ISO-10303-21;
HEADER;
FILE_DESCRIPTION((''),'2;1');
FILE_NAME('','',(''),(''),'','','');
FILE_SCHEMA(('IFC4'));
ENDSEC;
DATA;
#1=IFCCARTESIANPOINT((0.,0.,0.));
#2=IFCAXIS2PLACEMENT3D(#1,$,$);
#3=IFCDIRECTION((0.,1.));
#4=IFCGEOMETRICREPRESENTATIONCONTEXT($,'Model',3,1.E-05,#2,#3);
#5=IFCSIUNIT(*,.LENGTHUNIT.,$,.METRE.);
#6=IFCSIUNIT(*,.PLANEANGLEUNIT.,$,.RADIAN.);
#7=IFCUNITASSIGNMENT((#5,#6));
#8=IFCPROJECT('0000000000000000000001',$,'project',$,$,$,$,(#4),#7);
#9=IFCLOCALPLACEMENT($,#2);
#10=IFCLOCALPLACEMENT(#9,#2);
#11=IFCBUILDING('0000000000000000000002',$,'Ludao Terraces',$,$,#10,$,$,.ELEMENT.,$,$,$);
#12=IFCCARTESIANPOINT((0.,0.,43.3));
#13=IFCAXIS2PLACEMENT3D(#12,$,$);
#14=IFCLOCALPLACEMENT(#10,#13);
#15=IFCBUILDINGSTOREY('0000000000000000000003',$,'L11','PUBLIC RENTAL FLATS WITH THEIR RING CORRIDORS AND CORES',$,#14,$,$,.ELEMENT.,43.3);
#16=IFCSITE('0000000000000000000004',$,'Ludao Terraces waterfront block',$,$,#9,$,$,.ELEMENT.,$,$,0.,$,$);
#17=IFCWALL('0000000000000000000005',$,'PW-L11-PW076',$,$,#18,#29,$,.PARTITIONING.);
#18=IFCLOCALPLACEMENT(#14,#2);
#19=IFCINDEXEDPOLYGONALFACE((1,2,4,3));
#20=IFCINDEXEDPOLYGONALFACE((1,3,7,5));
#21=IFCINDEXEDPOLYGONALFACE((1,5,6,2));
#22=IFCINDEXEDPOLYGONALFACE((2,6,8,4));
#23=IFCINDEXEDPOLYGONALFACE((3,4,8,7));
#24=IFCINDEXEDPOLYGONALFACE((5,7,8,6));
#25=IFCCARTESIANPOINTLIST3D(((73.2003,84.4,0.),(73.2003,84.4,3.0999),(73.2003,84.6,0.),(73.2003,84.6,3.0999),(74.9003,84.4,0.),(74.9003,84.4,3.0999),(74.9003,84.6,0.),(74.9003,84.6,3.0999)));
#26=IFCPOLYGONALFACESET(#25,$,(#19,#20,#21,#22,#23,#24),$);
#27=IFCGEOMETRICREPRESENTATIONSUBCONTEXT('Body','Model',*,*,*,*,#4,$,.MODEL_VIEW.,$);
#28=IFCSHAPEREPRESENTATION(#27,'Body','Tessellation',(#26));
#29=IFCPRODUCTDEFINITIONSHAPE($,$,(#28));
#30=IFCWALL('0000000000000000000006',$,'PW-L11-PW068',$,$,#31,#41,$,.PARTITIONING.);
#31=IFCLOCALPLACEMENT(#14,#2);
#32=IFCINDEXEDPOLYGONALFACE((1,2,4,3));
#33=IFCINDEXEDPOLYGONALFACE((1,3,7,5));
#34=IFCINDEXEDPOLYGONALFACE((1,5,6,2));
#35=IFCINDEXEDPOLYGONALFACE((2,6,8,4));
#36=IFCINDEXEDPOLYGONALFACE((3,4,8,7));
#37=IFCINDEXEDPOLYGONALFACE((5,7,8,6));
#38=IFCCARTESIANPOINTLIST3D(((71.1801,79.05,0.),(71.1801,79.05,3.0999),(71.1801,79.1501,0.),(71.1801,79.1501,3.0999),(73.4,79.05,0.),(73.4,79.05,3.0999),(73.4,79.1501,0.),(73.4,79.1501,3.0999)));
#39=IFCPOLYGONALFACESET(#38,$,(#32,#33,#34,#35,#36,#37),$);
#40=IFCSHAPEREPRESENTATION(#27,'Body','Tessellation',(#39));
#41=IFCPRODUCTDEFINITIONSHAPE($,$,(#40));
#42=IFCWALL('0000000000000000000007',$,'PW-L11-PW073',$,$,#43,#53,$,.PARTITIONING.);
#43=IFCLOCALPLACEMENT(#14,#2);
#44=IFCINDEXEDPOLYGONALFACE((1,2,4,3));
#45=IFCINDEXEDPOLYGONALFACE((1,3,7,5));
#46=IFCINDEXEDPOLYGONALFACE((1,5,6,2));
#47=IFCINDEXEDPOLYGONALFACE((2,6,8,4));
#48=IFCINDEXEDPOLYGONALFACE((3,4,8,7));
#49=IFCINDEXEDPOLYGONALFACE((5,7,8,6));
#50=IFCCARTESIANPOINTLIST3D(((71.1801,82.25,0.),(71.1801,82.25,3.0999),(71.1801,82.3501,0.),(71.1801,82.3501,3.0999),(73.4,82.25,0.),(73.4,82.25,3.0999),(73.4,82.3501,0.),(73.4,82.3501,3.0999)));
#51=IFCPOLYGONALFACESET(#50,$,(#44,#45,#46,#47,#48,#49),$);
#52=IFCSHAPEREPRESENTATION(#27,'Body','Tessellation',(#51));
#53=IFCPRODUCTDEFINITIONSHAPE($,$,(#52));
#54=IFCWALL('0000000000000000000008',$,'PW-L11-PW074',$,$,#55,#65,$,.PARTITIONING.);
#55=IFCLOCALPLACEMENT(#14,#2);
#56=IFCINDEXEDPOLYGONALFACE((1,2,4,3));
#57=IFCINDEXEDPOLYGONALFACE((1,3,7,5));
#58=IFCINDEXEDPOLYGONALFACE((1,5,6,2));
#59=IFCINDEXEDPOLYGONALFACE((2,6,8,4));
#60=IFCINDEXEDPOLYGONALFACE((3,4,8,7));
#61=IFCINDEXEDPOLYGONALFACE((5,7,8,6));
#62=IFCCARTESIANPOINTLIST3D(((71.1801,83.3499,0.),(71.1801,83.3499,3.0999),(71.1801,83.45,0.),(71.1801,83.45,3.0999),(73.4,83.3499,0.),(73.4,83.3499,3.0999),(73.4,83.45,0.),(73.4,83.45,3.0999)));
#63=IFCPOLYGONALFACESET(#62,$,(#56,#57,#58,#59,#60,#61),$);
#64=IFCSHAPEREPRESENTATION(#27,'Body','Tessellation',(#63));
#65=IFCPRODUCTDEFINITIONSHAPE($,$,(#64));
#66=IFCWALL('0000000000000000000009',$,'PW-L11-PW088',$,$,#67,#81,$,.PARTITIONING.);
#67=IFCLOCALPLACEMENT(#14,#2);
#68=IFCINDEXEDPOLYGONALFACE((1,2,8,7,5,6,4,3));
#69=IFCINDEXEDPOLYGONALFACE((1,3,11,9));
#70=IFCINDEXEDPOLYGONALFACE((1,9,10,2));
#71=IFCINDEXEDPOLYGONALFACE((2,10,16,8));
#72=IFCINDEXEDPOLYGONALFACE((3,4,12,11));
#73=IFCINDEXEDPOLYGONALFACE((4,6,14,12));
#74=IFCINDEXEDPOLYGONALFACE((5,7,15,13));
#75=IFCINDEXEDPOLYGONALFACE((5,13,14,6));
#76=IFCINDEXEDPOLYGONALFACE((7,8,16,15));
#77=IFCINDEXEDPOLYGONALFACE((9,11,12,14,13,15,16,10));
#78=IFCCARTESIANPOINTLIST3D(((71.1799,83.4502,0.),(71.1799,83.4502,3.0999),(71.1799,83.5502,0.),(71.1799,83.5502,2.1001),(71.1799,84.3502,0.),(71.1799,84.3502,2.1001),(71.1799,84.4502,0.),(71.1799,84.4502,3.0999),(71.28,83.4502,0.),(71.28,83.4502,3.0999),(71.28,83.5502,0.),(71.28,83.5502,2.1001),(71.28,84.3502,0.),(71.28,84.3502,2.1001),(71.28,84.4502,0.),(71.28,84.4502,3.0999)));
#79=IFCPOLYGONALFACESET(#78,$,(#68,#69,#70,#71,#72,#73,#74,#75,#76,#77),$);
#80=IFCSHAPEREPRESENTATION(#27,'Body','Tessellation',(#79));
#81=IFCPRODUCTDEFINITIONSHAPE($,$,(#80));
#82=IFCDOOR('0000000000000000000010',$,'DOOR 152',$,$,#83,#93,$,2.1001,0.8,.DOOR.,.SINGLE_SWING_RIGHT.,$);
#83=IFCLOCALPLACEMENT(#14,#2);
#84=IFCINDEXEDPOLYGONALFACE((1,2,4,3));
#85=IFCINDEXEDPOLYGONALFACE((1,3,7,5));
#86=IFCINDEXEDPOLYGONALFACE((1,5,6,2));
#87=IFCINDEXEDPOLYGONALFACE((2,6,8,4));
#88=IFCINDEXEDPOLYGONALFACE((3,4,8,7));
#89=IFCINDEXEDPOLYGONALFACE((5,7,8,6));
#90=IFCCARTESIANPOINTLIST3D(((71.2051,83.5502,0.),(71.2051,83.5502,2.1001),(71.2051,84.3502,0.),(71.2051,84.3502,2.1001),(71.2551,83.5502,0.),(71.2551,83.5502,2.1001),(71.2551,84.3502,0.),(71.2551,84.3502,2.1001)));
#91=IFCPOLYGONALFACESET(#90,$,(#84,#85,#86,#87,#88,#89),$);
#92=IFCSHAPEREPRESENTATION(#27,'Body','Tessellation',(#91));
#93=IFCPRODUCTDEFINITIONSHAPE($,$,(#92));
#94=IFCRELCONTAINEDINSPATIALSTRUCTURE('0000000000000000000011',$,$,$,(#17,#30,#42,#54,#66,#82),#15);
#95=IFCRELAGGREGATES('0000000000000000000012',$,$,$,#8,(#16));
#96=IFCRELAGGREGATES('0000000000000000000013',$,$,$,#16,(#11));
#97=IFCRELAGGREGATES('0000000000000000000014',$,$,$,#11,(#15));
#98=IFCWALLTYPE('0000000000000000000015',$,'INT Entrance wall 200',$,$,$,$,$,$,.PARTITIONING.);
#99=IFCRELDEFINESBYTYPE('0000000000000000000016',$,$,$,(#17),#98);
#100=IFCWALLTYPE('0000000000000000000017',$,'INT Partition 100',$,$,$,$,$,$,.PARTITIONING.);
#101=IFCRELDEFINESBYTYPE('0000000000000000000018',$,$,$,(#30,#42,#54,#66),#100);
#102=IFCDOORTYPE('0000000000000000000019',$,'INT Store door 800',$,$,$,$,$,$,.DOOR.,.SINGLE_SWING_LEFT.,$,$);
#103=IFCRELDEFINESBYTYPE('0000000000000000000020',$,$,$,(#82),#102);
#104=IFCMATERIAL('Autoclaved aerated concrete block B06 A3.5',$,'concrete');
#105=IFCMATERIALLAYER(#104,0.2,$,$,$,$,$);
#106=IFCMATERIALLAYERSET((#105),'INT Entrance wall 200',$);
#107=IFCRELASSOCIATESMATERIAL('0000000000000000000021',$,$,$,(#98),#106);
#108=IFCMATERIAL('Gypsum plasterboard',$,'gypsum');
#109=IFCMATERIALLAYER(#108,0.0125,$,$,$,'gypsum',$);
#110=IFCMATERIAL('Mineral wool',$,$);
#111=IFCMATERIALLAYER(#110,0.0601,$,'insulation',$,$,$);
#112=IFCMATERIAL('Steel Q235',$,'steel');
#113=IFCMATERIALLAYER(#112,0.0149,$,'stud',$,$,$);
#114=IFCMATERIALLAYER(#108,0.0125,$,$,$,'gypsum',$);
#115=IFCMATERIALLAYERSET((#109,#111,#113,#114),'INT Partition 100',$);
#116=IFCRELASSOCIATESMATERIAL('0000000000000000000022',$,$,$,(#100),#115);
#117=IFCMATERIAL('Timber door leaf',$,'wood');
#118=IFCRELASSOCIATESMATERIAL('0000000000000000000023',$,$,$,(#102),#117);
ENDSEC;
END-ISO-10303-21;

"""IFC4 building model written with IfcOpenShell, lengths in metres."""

from ifc_helpers import new_model, si_unit, direction, frame, frame_2d, origin, place, context, subcontext, project, spatial, rectangle, extrude, material, layer, layer_set, type_object, element, fill, save


model = new_model("IFC4")

# Units and contexts
model_context = context("Model", 3, precision=1e-05, world=origin(), true_north=direction((0.0, 1.0)))
body_context = subcontext(model_context, "Body", "Model", "MODEL_VIEW")
ifc_project = project(units=[si_unit("LENGTHUNIT", "METRE"), si_unit("PLANEANGLEUNIT", "RADIAN")], contexts=[model_context])

# Site, building, storey
site_placement = place(None, origin())
site = spatial("IfcSite", under=ifc_project, at=site_placement, Name="Ludao Terraces waterfront block", CompositionType="ELEMENT", RefElevation=0.0)
building_placement = place(site_placement, origin())
building = spatial("IfcBuilding", under=site, at=building_placement, Name="Ludao Terraces", CompositionType="ELEMENT")
storey_placement = place(building_placement, frame((0.0, 0.0, 43.3)))
storey = spatial("IfcBuildingStorey", under=building, at=storey_placement, Name="L11", Description="PUBLIC RENTAL FLATS WITH THEIR RING CORRIDORS AND CORES", CompositionType="ELEMENT", Elevation=43.3)

# Shared definitions
ifc_material_1 = material(Name="Mineral wool")

# Walls
ifc_material_2 = material(Name="Autoclaved aerated concrete block B06 A3.5", Category="concrete")
ifc_layer_1 = layer(ifc_material_2, 0.2)
ifc_layer_set_1 = layer_set([ifc_layer_1], Name="INT Entrance wall 200")
wall_type_1 = type_object("IfcWallType", Name="INT Entrance wall 200", PredefinedType="PARTITIONING", material=ifc_layer_set_1)
wall_1_placement = place(storey_placement, frame((73.2002, 84.5, 0.0), z_axis=(0.0, 0.0, 1.0), x_axis=(1.0, 0.0, 0.0)))
element("IfcWall", 1, at=wall_1_placement, inside=storey, type_object=wall_type_1, Name="PW-L11-PW076", PredefinedType="PARTITIONING", context=body_context, shape_type="SweptSolid", body=[
    extrude(rectangle(XDim=1.7, YDim=0.2, at=frame_2d((0.8501, 0.0))), origin(), (0.0, 0.0, 1.0), 3.0999),
])
ifc_material_3 = material(Name="Gypsum plasterboard", Category="gypsum")
ifc_layer_2 = layer(ifc_material_3, 0.0125, Category="gypsum")
ifc_layer_3 = layer(ifc_material_1, 0.0601, Name="insulation")
ifc_material_4 = material(Name="Steel Q235", Category="steel")
ifc_layer_4 = layer(ifc_material_4, 0.0149, Name="stud")
ifc_layer_5 = layer(ifc_material_3, 0.0125, Category="gypsum")
ifc_layer_set_2 = layer_set([ifc_layer_2, ifc_layer_3, ifc_layer_4, ifc_layer_5], Name="INT Partition 100")
wall_type_2 = type_object("IfcWallType", Name="INT Partition 100", PredefinedType="PARTITIONING", material=ifc_layer_set_2)
for number, where, z_axis, x_axis, name in (
    (2, (71.1802, 79.1001, 0.0), (0.0, 0.0, 1.0), (1.0, 0.0, 0.0), "PW-L11-PW068"),
    (3, (71.1802, 82.3, 0.0), (0.0, 0.0, 1.0), (1.0, 0.0, 0.0), "PW-L11-PW073"),
    (4, (71.1802, 83.3999, 0.0), (0.0, 0.0, 1.0), (1.0, 0.0, 0.0), "PW-L11-PW074"),
):
    element("IfcWall", number, at=place(storey_placement, frame(where, z_axis=z_axis, x_axis=x_axis)), inside=storey, type_object=wall_type_2, Name=name, PredefinedType="PARTITIONING", context=body_context, shape_type="SweptSolid", body=[
        extrude(rectangle(XDim=2.22, YDim=0.1001, at=frame_2d((1.1099, 0.0))), origin(), (0.0, 0.0, 1.0), 3.0999),
    ])

# Wall, opening, door
wall_2_placement = place(storey_placement, frame((71.23, 83.4502, 0.0), z_axis=(0.0, 0.0, 1.0), x_axis=(0.0, 1.0, 0.0)))
wall_2 = element("IfcWall", 5, at=wall_2_placement, inside=storey, type_object=wall_type_2, Name="PW-L11-PW088", PredefinedType="PARTITIONING", context=body_context, shape_type="SweptSolid", body=[
    extrude(rectangle(XDim=1.0, YDim=0.1001, at=frame_2d((0.5, 0.0))), origin(), (0.0, 0.0, 1.0), 3.0999),
])
opening_1_placement = place(wall_2_placement, frame((0.1001, 0.0, 0.0)))
opening_1 = element("IfcOpeningElement", 6, at=opening_1_placement, cuts=wall_2, PredefinedType="OPENING", context=body_context, shape_type="SweptSolid", body=[
    extrude(rectangle(XDim=0.8, YDim=2.1001, at=frame_2d((0.3999, 1.05))), frame((0.0, 0.0601, 0.0), z_axis=(0.0, -1.0, 0.0), x_axis=(1.0, 0.0, 0.0)), (0.0, 0.0, 1.0), 0.1201),
])
ifc_material_5 = material(Name="Timber door leaf", Category="wood")
door_type = type_object("IfcDoorType", Name="INT Store door 800", OperationType="SINGLE_SWING_LEFT", PredefinedType="DOOR", material=ifc_material_5)
door_placement = place(opening_1_placement, origin())
door = element("IfcDoor", 7, at=door_placement, inside=storey, type_object=door_type, Name="DOOR 152", OperationType="SINGLE_SWING_RIGHT", OverallHeight=2.1001, OverallWidth=0.8, PredefinedType="DOOR", context=body_context, shape_type="SweptSolid", body=[
    extrude(rectangle(XDim=0.8, YDim=2.1001, at=frame_2d((0.3999, 1.05))), frame((0.0, 0.0249, 0.0), z_axis=(0.0, -1.0, 0.0), x_axis=(1.0, 0.0, 0.0)), (0.0, 0.0, 1.0), 0.05),
])
fill(opening_1, door)

save(model, "model.ifc")
